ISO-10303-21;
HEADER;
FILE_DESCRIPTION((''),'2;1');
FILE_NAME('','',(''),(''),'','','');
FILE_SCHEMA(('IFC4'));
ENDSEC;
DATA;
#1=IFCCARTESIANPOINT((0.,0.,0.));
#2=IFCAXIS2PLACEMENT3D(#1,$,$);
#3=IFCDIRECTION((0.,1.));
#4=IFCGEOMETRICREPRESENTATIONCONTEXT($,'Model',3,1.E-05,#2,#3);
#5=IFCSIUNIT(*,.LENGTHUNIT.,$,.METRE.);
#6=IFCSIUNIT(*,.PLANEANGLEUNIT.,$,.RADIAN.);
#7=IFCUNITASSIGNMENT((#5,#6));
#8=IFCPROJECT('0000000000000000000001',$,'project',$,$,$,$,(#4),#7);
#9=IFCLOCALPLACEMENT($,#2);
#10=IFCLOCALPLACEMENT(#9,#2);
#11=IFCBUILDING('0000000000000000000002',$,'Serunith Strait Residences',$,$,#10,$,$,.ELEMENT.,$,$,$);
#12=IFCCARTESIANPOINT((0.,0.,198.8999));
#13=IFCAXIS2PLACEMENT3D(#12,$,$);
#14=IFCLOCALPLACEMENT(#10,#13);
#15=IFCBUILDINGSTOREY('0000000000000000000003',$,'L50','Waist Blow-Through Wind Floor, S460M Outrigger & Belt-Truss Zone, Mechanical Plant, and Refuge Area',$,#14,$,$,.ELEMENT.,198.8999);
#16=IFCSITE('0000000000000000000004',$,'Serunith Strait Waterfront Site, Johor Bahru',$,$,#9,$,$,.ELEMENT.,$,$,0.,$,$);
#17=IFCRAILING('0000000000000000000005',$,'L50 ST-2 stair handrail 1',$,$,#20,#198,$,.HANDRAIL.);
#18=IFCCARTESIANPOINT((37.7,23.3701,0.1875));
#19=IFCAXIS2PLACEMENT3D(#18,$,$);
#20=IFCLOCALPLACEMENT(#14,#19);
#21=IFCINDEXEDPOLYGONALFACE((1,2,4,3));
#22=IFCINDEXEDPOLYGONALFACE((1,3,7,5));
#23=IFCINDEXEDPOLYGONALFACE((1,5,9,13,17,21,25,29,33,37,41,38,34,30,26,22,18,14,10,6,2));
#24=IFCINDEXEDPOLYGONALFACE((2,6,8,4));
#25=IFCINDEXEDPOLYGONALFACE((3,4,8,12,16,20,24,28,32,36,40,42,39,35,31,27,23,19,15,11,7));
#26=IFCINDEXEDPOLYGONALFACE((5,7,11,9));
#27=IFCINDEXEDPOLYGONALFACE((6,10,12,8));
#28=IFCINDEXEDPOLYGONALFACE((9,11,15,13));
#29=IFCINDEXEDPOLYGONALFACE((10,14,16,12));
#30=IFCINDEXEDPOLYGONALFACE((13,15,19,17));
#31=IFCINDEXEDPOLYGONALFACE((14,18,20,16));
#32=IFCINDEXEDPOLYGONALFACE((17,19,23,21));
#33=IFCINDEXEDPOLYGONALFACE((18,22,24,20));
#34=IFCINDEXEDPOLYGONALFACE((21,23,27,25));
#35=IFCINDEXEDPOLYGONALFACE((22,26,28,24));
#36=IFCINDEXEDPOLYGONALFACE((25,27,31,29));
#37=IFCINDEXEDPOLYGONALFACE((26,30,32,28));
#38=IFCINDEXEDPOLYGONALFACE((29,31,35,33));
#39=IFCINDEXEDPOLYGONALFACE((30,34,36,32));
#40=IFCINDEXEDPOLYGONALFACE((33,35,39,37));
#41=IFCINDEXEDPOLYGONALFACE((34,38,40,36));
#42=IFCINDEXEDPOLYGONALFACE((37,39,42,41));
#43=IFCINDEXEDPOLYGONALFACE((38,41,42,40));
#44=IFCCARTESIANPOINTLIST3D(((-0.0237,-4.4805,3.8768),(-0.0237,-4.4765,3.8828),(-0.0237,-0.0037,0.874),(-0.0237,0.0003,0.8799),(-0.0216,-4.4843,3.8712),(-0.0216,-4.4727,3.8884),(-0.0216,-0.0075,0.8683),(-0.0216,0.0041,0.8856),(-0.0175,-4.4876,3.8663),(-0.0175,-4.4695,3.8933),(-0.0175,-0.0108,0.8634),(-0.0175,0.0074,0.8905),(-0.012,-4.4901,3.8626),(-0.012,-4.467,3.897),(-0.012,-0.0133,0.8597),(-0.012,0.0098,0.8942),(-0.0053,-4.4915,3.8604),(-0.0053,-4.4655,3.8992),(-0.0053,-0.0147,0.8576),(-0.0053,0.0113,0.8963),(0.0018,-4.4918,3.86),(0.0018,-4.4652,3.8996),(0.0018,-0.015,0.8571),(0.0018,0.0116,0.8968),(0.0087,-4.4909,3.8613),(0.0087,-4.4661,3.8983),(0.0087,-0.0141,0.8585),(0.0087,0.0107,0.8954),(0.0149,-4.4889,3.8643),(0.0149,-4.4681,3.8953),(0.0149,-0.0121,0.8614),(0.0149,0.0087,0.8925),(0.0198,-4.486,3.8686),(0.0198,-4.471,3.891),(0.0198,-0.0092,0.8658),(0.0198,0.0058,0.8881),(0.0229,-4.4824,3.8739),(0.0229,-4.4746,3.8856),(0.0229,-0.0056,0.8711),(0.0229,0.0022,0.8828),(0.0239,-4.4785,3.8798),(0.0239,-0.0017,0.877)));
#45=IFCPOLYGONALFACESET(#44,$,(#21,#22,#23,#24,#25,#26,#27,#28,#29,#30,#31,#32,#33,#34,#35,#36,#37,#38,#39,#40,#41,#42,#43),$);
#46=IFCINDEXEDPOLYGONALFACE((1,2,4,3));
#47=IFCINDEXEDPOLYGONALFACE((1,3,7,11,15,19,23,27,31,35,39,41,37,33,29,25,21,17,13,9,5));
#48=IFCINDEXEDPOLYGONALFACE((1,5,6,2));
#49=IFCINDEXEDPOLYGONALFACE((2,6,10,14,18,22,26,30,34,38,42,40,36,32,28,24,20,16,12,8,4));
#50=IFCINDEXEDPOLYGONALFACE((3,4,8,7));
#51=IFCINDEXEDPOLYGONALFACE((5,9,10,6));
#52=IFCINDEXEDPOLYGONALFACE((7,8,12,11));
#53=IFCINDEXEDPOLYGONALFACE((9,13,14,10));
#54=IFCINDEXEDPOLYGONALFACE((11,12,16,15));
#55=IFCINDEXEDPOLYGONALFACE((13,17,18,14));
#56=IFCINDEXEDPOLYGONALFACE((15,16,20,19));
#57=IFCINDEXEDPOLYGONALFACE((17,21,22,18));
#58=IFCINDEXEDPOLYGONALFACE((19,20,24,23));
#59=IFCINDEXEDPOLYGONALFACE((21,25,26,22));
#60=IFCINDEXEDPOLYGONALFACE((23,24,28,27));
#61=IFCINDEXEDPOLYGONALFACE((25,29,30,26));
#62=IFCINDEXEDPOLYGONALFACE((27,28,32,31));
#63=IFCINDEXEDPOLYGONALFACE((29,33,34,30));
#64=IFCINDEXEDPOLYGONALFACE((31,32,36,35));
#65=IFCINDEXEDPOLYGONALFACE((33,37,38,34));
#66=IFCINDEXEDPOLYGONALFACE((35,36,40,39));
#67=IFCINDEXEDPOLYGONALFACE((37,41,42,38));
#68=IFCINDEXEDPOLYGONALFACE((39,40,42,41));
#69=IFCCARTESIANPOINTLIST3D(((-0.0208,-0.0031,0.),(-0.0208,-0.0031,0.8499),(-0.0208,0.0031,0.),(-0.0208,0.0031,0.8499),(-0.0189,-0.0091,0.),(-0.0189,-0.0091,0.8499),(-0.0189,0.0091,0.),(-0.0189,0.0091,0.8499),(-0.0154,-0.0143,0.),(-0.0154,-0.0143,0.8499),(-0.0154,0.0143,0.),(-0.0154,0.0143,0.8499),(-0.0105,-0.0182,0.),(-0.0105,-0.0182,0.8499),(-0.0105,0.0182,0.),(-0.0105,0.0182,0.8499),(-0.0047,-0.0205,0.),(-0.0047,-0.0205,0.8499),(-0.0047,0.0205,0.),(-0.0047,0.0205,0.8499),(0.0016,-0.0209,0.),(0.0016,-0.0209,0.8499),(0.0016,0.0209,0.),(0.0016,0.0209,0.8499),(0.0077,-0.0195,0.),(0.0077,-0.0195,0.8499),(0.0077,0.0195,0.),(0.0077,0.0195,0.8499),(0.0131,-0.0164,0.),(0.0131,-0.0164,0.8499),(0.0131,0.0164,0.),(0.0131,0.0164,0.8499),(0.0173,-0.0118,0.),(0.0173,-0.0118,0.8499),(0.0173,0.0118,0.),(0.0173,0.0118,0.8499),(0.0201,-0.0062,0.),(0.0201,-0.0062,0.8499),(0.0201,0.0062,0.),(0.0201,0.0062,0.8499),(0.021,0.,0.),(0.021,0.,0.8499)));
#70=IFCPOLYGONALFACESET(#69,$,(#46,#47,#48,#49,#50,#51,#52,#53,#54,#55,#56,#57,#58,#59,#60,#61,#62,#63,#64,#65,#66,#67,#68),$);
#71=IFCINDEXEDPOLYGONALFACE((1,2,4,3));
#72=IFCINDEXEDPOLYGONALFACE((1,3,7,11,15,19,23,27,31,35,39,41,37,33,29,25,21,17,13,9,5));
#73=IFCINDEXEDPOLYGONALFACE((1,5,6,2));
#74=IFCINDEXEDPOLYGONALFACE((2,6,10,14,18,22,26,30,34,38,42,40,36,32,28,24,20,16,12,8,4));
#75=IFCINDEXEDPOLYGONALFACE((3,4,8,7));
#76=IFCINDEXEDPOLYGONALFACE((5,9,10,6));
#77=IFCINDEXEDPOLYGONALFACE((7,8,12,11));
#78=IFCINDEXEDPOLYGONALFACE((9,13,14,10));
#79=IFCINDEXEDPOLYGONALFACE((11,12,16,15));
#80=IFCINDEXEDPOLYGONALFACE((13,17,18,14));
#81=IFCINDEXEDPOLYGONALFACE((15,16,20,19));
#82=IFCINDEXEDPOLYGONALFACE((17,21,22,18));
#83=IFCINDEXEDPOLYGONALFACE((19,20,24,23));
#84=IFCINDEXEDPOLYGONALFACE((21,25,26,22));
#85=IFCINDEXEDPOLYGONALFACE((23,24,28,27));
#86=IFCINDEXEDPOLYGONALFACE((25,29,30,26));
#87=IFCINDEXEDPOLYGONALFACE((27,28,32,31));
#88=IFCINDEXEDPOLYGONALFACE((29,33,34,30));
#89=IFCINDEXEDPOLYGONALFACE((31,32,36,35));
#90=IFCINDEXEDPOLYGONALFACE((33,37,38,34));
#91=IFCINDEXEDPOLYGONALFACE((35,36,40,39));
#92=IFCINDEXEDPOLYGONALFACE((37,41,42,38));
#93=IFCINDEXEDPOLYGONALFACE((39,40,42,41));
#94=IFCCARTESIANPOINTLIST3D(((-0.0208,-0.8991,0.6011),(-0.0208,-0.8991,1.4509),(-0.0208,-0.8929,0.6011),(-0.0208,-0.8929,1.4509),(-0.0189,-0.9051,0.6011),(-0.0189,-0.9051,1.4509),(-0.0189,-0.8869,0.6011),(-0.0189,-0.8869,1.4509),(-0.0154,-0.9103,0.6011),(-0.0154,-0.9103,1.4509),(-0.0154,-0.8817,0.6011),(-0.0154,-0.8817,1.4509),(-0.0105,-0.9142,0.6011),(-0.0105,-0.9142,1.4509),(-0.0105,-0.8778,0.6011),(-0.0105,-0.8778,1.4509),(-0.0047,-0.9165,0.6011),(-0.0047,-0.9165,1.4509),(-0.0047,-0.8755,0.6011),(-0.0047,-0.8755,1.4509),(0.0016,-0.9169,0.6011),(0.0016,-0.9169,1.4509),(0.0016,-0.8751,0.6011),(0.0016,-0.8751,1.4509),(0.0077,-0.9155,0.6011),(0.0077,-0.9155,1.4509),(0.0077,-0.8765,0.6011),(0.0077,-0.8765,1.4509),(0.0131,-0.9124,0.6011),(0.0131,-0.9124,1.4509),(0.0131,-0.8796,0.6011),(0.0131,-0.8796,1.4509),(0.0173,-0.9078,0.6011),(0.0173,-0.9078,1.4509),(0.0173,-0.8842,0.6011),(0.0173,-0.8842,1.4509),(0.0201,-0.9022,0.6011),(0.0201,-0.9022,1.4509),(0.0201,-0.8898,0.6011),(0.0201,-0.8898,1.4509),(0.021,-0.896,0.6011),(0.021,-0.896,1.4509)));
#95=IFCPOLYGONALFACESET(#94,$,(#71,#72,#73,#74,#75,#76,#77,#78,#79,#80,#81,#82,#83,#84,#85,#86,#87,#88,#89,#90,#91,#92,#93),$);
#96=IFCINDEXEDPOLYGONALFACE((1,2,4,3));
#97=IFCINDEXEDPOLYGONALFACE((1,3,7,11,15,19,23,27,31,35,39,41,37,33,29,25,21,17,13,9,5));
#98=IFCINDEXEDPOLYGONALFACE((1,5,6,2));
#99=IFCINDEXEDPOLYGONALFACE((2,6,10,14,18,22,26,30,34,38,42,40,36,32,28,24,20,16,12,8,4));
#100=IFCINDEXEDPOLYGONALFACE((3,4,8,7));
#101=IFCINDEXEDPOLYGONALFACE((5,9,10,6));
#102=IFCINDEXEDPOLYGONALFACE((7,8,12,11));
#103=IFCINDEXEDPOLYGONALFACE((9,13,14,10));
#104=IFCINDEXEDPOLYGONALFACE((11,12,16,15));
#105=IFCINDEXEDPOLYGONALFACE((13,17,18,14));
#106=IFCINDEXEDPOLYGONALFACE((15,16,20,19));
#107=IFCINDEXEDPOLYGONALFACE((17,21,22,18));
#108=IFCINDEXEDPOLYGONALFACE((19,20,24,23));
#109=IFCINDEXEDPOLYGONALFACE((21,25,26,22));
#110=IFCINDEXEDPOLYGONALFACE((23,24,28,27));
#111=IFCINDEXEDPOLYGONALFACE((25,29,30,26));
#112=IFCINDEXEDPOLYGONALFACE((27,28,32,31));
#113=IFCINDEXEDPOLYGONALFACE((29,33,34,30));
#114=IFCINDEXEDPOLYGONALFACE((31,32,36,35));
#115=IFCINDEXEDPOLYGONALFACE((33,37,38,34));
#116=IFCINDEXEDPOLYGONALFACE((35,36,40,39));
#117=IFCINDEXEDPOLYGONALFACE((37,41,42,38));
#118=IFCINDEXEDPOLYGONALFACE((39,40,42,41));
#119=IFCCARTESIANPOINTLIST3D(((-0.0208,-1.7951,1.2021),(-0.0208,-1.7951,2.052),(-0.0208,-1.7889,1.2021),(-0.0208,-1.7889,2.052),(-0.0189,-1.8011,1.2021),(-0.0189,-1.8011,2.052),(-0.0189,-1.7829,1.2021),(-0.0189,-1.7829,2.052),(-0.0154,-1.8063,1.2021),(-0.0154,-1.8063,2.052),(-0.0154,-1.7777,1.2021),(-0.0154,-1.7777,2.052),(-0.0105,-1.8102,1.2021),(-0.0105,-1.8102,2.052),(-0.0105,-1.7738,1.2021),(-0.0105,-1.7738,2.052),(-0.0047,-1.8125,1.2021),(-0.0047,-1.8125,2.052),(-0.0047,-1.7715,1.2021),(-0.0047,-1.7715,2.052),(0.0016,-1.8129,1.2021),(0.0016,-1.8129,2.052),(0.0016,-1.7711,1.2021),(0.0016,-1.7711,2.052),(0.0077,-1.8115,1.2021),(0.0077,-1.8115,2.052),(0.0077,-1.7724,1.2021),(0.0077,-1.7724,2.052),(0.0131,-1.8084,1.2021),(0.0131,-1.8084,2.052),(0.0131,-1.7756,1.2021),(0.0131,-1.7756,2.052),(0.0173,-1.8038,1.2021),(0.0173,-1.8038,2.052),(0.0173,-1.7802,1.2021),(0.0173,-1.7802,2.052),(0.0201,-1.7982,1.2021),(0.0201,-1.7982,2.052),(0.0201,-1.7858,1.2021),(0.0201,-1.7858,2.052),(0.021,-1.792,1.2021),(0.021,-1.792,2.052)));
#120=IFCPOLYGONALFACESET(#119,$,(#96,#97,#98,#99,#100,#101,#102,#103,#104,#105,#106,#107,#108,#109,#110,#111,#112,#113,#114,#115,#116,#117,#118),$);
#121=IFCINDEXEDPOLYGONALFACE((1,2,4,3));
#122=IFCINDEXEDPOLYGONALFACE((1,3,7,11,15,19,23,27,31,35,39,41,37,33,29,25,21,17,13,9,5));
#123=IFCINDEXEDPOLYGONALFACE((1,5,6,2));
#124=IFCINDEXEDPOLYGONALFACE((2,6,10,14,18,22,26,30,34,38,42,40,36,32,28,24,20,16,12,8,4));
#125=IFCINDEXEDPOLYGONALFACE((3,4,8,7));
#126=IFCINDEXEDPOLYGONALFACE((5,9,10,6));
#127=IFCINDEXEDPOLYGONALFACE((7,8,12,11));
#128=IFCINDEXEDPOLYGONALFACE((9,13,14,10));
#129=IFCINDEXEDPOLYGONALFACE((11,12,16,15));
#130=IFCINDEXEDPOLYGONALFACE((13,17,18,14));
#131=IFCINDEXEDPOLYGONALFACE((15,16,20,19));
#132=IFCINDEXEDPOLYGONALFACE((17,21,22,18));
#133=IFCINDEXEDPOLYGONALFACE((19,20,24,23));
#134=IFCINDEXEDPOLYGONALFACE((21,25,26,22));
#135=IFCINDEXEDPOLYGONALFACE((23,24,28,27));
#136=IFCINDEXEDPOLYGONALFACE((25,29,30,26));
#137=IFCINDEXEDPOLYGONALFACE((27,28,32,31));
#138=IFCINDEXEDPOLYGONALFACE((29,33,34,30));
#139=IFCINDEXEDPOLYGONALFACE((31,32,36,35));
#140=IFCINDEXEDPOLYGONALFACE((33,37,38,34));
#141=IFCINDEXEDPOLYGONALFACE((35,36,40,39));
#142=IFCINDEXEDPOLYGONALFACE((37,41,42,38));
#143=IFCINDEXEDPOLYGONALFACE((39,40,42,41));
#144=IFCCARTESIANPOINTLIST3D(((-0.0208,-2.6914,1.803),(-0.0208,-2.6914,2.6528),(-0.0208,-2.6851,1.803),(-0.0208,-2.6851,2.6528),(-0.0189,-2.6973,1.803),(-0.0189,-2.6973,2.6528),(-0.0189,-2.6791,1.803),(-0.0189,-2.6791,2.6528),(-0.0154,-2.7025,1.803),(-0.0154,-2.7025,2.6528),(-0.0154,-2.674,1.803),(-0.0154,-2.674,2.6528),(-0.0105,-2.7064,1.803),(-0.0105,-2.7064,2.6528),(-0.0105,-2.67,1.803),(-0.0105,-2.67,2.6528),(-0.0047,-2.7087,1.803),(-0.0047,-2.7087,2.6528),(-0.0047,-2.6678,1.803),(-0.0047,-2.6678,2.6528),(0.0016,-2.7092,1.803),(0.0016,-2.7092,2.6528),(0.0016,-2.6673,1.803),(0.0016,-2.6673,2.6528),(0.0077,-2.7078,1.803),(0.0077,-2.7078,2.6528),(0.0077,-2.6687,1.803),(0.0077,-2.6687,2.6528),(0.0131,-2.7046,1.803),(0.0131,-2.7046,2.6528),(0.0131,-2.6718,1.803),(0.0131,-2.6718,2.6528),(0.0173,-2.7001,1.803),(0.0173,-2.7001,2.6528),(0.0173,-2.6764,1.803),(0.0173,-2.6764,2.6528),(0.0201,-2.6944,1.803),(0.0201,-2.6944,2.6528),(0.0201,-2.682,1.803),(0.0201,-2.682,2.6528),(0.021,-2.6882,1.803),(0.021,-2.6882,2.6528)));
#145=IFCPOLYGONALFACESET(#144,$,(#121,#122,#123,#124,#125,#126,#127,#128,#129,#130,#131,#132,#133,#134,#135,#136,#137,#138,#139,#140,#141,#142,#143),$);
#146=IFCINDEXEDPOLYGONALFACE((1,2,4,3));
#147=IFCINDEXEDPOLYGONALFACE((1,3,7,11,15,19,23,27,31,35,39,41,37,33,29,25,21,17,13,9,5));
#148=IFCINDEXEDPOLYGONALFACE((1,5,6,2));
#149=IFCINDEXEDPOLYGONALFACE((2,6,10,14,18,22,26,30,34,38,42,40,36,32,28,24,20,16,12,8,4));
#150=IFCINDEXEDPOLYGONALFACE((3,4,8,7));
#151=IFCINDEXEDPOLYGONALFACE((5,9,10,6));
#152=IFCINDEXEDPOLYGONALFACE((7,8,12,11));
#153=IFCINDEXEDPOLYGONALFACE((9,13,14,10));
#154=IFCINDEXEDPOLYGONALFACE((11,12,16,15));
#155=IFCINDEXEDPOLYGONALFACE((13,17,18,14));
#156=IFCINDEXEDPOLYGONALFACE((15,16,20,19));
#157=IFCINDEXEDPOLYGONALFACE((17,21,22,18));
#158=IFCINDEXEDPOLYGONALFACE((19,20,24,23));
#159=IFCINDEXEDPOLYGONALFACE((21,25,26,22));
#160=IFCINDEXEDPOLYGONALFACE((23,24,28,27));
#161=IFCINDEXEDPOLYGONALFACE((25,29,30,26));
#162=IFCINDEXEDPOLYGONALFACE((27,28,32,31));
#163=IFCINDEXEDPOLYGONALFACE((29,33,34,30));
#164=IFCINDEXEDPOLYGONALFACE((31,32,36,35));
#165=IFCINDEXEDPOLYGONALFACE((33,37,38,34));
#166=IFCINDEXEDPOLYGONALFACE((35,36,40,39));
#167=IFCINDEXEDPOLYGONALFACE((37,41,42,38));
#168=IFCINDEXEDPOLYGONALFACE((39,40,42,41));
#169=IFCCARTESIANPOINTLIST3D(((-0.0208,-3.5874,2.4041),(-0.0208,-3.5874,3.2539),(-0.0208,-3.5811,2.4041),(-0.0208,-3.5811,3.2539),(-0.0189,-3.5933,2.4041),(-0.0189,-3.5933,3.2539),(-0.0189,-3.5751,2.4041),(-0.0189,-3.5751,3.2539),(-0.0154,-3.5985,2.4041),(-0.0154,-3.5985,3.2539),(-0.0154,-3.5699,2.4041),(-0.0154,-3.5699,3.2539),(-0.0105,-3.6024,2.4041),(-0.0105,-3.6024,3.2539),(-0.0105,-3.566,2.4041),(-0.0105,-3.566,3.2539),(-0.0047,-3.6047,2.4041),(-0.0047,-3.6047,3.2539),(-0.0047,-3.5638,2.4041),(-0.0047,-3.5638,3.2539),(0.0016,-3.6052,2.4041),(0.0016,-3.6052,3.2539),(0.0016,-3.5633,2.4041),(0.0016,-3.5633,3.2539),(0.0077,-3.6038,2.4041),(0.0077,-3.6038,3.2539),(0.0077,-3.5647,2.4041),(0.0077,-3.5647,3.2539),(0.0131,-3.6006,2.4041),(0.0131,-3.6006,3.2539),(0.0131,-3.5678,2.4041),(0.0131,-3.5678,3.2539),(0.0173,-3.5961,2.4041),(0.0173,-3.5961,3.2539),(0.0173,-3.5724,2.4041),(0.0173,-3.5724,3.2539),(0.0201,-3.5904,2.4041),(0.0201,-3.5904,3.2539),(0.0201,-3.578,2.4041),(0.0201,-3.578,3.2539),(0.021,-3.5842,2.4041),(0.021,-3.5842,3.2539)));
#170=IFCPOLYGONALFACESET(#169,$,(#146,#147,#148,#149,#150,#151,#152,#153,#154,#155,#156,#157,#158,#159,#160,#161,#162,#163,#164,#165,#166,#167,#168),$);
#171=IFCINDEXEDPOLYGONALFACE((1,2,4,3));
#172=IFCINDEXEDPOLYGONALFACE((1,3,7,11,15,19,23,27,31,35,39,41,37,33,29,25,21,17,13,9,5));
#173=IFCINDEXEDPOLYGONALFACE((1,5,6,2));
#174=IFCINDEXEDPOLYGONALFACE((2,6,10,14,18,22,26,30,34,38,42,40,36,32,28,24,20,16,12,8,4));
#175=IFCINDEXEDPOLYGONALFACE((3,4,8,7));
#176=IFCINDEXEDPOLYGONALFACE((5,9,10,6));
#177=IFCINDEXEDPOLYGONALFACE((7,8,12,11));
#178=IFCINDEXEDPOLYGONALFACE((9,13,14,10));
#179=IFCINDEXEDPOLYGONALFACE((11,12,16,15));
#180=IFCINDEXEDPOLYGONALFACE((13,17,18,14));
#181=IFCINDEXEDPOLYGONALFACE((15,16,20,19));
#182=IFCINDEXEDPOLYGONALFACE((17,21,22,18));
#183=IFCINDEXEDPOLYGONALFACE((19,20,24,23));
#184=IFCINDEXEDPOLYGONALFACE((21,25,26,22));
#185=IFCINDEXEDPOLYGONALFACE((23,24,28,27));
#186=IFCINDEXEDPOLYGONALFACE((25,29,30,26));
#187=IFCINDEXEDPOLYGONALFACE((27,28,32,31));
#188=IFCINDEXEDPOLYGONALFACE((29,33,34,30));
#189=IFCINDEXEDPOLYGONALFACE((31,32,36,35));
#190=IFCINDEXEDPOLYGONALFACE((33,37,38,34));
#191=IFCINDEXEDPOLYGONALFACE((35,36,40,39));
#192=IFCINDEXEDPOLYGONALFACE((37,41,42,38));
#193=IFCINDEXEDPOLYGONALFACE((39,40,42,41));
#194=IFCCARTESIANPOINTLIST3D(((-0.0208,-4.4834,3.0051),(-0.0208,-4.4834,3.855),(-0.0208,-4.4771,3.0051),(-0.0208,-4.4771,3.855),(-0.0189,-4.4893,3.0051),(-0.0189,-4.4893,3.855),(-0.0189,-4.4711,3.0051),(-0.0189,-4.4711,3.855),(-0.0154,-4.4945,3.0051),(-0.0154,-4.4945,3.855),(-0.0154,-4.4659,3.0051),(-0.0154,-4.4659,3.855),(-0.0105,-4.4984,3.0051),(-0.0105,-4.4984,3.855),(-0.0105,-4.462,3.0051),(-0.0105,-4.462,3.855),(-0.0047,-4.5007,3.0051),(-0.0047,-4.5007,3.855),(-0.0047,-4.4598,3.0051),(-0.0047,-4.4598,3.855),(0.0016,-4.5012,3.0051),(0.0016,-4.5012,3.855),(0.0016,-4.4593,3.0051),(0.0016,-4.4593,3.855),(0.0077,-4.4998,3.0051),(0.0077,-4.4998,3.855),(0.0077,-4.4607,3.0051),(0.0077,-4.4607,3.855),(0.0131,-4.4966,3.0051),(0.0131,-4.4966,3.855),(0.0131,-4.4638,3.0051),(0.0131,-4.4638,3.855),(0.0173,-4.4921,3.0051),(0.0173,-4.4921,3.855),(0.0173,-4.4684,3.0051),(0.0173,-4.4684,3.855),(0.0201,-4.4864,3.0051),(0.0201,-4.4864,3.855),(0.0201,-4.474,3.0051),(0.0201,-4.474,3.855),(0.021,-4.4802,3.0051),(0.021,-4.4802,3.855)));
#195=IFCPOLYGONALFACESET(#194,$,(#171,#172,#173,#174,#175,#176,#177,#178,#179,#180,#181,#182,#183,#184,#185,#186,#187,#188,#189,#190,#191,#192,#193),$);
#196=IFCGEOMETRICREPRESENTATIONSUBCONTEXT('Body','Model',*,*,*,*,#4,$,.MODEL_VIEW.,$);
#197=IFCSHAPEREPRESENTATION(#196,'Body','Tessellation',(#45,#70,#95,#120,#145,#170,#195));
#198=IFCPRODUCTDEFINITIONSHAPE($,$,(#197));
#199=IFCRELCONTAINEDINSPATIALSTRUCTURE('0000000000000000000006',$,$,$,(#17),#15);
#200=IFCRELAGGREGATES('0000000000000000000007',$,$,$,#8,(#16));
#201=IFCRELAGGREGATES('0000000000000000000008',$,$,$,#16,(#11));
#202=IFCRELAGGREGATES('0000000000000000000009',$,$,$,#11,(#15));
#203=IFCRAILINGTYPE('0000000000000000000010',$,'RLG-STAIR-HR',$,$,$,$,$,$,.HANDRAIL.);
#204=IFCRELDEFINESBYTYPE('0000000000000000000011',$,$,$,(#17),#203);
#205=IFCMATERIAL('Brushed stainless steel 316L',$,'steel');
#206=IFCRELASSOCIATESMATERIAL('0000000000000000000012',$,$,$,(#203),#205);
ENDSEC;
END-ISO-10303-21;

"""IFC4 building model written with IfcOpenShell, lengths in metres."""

from ifc_helpers import new_model, si_unit, direction, frame, origin, origin_2d, place, context, subcontext, project, spatial, circle, extrude, material, type_object, element, save


model = new_model("IFC4")

# Units and contexts
model_context = context("Model", 3, precision=1e-05, world=origin(), true_north=direction((0.0, 1.0)))
body_context = subcontext(model_context, "Body", "Model", "MODEL_VIEW")
ifc_project = project(units=[si_unit("LENGTHUNIT", "METRE"), si_unit("PLANEANGLEUNIT", "RADIAN")], contexts=[model_context])

# Site, building, storey
site_placement = place(None, origin())
site = spatial("IfcSite", under=ifc_project, at=site_placement, Name="Serunith Strait Waterfront Site, Johor Bahru", CompositionType="ELEMENT", RefElevation=0.0)
building_placement = place(site_placement, origin())
building = spatial("IfcBuilding", under=site, at=building_placement, Name="Serunith Strait Residences", CompositionType="ELEMENT")
storey_placement = place(building_placement, frame((0.0, 0.0, 198.8999)))
storey = spatial("IfcBuildingStorey", under=building, at=storey_placement, Name="L50", Description="Waist Blow-Through Wind Floor, S460M Outrigger & Belt-Truss Zone, Mechanical Plant, and Refuge Area", CompositionType="ELEMENT", Elevation=198.8999)

# Railing
ifc_material_1 = material(Name="Brushed stainless steel 316L", Category="steel")
railing_type_1 = type_object("IfcRailingType", Name="RLG-STAIR-HR", PredefinedType="HANDRAIL", material=ifc_material_1)
railing_1_placement = place(storey_placement, frame((37.7, 23.3701, 0.1875)))
element("IfcRailing", 1, at=railing_1_placement, inside=storey, type_object=railing_type_1, Name="L50 ST-2 stair handrail 1", PredefinedType="HANDRAIL", context=body_context, shape_type="SweptSolid", body=[
    extrude(circle(Radius=0.0239, at=origin_2d()), frame((0.0, -0.0017, 0.877), z_axis=(0.0, -0.83048, 0.557048), x_axis=(1.0, 0.0, 0.0)), (0.0, 0.0, 1.0), 5.3906),
    extrude(circle(Radius=0.021, at=origin_2d()), origin(), (0.0, 0.0, 1.0), 0.8499),
    extrude(circle(Radius=0.021, at=origin_2d()), frame((0.0, -0.896, 0.6011)), (0.0, 0.0, 1.0), 0.8499),
    extrude(circle(Radius=0.021, at=origin_2d()), frame((0.0, -1.792, 1.2021)), (0.0, 0.0, 1.0), 0.8499),
    extrude(circle(Radius=0.021, at=origin_2d()), frame((0.0, -2.6882, 1.803)), (0.0, 0.0, 1.0), 0.8499),
    extrude(circle(Radius=0.021, at=origin_2d()), frame((0.0, -3.5842, 2.4041)), (0.0, 0.0, 1.0), 0.8499),
    extrude(circle(Radius=0.021, at=origin_2d()), frame((0.0, -4.4802, 3.0051)), (0.0, 0.0, 1.0), 0.8499),
])

save(model, "model.ifc")
